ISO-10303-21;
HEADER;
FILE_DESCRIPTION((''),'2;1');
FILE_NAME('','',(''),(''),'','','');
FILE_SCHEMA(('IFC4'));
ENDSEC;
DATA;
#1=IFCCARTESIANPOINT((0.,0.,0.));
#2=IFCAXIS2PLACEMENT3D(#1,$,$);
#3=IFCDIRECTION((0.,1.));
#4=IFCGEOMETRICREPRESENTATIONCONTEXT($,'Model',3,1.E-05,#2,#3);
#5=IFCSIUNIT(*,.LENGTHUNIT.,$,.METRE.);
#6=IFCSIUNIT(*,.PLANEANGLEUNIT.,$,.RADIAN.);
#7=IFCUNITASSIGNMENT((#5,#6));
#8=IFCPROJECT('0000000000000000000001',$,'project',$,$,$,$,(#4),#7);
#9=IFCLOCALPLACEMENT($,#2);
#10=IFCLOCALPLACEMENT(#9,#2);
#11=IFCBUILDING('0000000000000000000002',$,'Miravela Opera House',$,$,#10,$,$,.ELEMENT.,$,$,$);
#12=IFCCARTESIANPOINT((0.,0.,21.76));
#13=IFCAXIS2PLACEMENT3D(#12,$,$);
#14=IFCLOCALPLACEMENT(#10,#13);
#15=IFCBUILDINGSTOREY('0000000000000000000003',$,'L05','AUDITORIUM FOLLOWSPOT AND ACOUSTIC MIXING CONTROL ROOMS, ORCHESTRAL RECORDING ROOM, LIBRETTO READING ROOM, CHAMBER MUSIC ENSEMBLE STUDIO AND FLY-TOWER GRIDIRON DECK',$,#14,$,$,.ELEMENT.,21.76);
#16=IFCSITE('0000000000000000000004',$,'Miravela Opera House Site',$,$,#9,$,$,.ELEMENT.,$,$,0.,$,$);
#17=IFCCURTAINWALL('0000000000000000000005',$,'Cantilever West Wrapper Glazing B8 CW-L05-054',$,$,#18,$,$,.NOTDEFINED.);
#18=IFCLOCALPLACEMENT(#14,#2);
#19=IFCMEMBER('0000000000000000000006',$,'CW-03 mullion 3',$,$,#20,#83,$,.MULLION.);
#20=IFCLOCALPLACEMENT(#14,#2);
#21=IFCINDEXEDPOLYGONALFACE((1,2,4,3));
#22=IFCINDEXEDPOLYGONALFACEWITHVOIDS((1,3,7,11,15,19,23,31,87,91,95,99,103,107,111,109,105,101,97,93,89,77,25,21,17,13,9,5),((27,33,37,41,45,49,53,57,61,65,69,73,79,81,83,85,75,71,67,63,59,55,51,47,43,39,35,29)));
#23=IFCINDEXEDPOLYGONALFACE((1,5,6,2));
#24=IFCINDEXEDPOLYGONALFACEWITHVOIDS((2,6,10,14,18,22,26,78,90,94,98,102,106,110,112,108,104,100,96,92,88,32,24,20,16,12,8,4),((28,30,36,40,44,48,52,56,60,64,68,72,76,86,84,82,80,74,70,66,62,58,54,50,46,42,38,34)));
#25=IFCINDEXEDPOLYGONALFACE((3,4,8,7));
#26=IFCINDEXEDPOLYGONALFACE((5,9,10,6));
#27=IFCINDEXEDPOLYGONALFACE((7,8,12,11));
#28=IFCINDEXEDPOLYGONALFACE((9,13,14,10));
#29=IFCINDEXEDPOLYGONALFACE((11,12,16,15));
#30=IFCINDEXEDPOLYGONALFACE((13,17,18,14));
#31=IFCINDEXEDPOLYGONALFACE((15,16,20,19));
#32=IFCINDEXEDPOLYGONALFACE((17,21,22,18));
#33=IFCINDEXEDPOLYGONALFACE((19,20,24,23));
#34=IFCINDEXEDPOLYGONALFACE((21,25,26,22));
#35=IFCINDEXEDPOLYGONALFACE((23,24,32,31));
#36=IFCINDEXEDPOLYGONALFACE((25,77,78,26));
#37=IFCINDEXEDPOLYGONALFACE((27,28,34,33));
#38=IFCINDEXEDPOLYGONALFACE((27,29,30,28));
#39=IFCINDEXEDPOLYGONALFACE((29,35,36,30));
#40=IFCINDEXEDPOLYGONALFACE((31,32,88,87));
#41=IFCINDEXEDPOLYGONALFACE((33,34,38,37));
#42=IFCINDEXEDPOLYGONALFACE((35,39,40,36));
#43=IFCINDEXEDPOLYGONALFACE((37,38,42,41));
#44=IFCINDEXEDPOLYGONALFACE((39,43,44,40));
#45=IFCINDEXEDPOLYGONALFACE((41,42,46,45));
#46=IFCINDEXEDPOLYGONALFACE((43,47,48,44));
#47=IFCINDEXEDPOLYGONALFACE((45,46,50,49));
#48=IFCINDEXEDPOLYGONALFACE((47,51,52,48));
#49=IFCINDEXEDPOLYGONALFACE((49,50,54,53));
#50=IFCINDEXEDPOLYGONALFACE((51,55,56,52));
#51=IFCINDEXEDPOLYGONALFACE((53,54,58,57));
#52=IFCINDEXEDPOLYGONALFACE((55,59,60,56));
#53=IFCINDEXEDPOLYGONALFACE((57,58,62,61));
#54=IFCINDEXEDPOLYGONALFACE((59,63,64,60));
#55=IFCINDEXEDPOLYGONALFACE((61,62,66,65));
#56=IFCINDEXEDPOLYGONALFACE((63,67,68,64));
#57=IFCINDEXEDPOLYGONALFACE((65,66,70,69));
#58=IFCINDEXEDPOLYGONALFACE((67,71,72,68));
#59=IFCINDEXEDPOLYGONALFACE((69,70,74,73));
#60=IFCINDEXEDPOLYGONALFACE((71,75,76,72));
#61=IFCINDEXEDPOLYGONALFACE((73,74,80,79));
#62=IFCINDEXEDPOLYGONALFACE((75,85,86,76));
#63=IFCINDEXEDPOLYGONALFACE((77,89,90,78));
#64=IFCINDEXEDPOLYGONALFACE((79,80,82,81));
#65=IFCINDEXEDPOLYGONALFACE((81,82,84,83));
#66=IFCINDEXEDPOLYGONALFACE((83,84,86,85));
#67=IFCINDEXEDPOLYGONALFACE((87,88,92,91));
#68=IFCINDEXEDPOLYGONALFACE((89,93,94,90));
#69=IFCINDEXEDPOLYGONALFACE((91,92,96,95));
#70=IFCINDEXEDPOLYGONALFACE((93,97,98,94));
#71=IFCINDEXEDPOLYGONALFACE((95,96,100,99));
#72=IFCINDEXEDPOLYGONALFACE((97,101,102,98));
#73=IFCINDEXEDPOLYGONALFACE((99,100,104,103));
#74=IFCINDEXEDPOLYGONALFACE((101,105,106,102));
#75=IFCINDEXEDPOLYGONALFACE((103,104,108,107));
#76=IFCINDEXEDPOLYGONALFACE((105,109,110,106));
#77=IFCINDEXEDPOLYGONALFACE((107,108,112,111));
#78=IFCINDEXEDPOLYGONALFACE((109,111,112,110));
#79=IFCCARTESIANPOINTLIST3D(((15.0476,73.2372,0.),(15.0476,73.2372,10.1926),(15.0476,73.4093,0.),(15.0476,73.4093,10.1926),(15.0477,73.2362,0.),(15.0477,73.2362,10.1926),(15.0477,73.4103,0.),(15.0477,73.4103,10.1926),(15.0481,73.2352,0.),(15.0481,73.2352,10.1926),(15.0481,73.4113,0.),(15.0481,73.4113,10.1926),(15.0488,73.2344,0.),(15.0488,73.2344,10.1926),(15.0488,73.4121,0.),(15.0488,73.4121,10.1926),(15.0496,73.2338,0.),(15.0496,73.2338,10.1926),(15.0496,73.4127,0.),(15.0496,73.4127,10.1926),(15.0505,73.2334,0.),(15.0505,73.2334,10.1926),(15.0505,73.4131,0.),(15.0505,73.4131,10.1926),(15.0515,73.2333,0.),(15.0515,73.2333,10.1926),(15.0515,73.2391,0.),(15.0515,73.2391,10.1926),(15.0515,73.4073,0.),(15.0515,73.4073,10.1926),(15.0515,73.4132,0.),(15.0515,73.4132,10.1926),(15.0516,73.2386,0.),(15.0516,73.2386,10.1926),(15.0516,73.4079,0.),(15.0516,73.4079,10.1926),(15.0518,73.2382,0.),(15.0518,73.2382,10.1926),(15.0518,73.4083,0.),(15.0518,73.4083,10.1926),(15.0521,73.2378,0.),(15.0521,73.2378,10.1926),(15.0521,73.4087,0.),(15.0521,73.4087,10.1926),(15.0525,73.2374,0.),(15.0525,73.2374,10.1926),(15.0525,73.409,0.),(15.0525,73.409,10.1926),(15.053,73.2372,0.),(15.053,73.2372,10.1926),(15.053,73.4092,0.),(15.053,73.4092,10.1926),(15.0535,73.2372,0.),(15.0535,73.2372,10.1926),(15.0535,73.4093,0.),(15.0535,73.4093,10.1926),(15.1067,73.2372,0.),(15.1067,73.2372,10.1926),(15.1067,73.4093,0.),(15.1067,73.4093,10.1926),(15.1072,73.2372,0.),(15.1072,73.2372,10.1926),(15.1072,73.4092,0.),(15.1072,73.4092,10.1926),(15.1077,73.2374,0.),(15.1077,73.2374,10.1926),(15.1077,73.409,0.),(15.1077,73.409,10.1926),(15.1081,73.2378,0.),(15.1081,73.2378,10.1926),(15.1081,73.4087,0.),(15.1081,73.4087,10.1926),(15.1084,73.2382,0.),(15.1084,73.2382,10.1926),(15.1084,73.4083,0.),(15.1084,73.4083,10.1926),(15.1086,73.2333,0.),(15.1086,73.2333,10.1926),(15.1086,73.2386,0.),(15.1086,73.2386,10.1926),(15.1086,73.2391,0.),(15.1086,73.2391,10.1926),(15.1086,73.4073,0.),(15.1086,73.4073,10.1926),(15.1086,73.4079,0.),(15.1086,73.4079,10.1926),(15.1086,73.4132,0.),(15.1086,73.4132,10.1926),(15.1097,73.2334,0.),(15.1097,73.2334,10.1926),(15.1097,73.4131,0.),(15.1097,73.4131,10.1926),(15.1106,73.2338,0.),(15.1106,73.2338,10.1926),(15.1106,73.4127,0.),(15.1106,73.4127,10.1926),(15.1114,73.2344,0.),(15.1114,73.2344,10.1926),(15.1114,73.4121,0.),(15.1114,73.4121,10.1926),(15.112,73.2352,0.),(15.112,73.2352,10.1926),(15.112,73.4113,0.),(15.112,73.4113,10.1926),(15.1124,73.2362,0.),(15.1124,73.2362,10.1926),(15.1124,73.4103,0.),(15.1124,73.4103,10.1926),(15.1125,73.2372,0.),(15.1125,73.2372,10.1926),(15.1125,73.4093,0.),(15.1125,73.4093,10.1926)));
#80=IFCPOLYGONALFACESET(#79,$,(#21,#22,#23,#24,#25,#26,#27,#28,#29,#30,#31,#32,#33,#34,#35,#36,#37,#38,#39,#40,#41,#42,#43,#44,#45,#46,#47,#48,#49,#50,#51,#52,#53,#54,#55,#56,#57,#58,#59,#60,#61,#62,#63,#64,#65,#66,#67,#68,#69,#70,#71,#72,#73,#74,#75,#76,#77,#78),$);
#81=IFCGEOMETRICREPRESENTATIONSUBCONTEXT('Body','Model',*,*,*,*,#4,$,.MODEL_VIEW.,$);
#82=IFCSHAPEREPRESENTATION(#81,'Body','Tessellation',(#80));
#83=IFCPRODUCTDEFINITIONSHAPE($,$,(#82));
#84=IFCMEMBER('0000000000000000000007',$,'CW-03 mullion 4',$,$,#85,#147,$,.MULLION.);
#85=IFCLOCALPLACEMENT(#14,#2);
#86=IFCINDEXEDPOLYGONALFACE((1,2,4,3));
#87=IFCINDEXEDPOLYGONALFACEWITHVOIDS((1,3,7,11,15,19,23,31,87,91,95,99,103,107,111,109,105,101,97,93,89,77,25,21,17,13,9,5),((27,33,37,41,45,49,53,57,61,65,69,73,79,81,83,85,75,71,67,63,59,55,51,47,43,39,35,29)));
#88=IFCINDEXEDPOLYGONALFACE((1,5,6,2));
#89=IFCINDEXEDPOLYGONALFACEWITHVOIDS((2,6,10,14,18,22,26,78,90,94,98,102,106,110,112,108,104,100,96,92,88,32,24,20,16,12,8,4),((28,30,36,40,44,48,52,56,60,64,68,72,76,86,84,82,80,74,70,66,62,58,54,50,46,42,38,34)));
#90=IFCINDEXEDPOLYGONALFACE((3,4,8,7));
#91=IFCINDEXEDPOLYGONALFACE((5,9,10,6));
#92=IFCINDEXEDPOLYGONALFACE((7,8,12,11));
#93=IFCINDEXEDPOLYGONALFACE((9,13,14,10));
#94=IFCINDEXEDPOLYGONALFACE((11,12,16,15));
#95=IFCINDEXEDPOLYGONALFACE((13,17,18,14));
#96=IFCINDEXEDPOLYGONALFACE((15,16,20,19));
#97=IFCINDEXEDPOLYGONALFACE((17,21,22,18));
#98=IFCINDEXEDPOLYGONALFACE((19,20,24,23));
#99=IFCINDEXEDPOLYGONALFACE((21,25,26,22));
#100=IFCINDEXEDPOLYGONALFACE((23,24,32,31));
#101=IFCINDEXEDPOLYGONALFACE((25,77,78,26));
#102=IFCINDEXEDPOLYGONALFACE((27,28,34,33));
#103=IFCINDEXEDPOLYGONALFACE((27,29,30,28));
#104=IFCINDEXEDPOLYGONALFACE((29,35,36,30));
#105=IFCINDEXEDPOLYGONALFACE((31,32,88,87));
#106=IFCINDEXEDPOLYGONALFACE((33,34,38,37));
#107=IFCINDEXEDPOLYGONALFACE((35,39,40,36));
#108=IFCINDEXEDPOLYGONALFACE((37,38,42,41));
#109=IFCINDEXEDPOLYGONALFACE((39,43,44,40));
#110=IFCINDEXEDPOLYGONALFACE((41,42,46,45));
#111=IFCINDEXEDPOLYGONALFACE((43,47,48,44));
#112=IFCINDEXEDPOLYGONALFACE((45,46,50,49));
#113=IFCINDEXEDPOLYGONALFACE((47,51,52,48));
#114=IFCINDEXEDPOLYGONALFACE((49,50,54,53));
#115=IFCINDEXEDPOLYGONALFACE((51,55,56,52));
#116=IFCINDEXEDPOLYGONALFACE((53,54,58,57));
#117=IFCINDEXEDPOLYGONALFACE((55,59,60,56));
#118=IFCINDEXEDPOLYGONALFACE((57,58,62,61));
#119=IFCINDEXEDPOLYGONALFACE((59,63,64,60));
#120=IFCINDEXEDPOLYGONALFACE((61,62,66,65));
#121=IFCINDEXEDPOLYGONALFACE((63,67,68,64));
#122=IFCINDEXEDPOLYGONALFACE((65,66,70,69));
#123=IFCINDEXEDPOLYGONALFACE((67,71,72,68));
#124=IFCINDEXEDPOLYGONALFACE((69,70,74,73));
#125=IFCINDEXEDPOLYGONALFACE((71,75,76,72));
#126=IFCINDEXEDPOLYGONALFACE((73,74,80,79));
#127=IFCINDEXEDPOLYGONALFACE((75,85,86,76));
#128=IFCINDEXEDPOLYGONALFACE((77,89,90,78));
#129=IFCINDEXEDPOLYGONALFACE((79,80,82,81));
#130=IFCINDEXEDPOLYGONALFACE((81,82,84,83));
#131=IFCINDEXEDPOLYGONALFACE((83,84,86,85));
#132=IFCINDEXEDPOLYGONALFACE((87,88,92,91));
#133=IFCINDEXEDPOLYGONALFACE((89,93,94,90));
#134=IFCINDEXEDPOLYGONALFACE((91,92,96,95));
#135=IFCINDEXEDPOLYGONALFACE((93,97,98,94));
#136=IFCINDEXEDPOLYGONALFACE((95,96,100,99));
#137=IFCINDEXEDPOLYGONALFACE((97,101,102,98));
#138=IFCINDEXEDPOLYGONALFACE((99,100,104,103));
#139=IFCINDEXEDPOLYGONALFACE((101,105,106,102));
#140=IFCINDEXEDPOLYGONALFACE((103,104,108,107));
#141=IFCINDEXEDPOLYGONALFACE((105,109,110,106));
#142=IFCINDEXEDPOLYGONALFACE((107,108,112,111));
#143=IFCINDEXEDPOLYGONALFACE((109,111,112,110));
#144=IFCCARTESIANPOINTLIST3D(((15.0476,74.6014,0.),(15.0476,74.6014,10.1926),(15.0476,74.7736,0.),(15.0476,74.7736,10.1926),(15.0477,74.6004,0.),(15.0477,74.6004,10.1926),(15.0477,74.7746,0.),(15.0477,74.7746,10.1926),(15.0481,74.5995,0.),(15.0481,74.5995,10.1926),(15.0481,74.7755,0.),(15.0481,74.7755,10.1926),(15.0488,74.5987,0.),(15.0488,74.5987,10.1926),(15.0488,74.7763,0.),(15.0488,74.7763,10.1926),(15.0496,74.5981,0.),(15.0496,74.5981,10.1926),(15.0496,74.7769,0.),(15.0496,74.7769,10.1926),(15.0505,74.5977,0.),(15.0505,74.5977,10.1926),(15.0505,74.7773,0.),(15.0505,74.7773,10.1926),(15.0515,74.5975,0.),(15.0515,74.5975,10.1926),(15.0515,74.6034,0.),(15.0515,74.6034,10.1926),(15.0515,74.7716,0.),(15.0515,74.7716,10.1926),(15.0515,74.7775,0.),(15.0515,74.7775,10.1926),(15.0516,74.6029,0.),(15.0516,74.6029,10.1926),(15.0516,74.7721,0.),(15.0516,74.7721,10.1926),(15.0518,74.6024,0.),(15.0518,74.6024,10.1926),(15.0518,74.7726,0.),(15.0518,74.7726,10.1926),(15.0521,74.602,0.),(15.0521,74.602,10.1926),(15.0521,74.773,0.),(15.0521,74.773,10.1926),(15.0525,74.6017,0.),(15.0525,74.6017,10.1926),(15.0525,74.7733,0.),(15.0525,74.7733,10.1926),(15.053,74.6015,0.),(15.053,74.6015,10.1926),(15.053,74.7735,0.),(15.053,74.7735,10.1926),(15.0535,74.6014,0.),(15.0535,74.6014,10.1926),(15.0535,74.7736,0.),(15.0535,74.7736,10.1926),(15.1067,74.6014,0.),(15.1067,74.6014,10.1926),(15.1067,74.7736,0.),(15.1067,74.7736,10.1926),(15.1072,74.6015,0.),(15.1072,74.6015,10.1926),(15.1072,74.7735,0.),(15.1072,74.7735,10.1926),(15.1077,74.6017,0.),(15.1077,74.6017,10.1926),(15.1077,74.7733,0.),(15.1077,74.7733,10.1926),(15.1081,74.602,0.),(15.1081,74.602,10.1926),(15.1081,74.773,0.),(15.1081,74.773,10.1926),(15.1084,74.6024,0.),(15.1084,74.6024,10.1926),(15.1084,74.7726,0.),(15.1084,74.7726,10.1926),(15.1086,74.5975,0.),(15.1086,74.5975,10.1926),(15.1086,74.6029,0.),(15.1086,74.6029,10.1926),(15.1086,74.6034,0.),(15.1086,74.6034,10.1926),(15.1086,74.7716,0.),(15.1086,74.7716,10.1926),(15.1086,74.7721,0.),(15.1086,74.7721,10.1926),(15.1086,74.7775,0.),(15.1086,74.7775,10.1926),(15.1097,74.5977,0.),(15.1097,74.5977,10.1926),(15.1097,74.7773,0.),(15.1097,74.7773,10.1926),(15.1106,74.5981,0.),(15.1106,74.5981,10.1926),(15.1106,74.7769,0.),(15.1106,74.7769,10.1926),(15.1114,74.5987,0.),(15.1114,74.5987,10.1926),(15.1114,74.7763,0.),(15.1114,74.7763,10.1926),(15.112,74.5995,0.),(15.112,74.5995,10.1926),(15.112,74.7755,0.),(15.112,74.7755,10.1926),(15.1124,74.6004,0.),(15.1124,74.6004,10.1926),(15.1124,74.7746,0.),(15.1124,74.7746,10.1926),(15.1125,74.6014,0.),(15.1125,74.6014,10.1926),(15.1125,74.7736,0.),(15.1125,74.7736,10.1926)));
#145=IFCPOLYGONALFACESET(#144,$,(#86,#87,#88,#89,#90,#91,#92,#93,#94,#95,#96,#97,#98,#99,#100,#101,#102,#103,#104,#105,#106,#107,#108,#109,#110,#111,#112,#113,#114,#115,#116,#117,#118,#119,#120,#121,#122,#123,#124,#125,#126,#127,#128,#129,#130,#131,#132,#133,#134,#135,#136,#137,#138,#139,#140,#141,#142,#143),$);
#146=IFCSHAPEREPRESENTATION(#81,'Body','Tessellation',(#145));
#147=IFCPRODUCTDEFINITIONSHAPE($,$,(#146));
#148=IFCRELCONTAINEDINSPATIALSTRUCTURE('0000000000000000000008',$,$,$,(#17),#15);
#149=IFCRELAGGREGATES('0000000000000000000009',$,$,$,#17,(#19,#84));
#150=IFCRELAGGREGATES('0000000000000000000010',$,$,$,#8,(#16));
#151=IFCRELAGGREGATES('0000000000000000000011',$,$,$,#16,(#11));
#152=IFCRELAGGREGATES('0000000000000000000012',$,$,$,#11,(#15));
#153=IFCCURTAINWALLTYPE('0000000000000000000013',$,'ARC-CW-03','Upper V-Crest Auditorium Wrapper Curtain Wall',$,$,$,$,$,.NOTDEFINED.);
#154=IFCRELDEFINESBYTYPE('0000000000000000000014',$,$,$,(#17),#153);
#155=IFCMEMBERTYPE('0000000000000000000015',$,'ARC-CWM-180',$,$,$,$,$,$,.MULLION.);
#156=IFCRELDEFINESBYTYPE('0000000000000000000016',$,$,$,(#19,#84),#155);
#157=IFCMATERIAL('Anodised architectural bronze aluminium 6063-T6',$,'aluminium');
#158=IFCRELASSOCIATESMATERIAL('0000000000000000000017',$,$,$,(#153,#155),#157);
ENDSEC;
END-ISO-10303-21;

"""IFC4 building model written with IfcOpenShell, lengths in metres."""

from ifc_helpers import new_model, si_unit, direction, frame, origin, origin_2d, place, context, subcontext, project, spatial, hollow_rectangle, extrude, material, material_profile, profile_set, type_object, element, aggregate, save


model = new_model("IFC4")

# Units and contexts
model_context = context("Model", 3, precision=1e-05, world=origin(), true_north=direction((0.0, 1.0)))
body_context = subcontext(model_context, "Body", "Model", "MODEL_VIEW")
ifc_project = project(units=[si_unit("LENGTHUNIT", "METRE"), si_unit("PLANEANGLEUNIT", "RADIAN")], contexts=[model_context])

# Site, building, storey
site_placement = place(None, origin())
site = spatial("IfcSite", under=ifc_project, at=site_placement, Name="Miravela Opera House Site", CompositionType="ELEMENT", RefElevation=0.0)
building_placement = place(site_placement, origin())
building = spatial("IfcBuilding", under=site, at=building_placement, Name="Miravela Opera House", CompositionType="ELEMENT")
storey_placement = place(building_placement, frame((0.0, 0.0, 21.76)))
storey = spatial("IfcBuildingStorey", under=building, at=storey_placement, Name="L05", Description="AUDITORIUM FOLLOWSPOT AND ACOUSTIC MIXING CONTROL ROOMS, ORCHESTRAL RECORDING ROOM, LIBRETTO READING ROOM, CHAMBER MUSIC ENSEMBLE STUDIO AND FLY-TOWER GRIDIRON DECK", CompositionType="ELEMENT", Elevation=21.76)

# Curtain wall, members
ifc_material_1 = material(Name="Anodised architectural bronze aluminium 6063-T6", Category="aluminium")
curtain_wall_type = type_object("IfcCurtainWallType", Name="ARC-CW-03", Description="Upper V-Crest Auditorium Wrapper Curtain Wall", PredefinedType="NOTDEFINED", material=ifc_material_1)
curtain_wall_1_placement = place(storey_placement, origin())
curtain_wall_1 = element("IfcCurtainWall", 1, at=curtain_wall_1_placement, inside=storey, type_object=curtain_wall_type, Name="Cantilever West Wrapper Glazing B8 CW-L05-054", PredefinedType="NOTDEFINED")
ifc_material_profile_1 = material_profile(ifc_material_1, hollow_rectangle(XDim=0.0649, YDim=0.1799, WallThickness=0.0039, InnerFilletRadius=0.002, OuterFilletRadius=0.0039, at=origin_2d()), Name="CWM-65X180")
ifc_profile_set_1 = profile_set([ifc_material_profile_1])
member_type_1 = type_object("IfcMemberType", Name="ARC-CWM-180", PredefinedType="MULLION", material=ifc_profile_set_1)
member_1_placement = place(storey_placement, frame((15.0801, 73.3232, 0.0), z_axis=(0.0, 0.0, 1.0), x_axis=(-1.0, 0.0, 0.0)))
member_1 = element("IfcMember", 2, at=member_1_placement, type_object=member_type_1, Name="CW-03 mullion 3", PredefinedType="MULLION", context=body_context, shape_type="SweptSolid", body=[
    extrude(hollow_rectangle(XDim=0.0649, YDim=0.1799, WallThickness=0.0039, InnerFilletRadius=0.002, OuterFilletRadius=0.0039, at=origin_2d()), origin(), (0.0, 0.0, 1.0), 10.1926),
])
member_2_placement = place(storey_placement, frame((15.0801, 74.6875, 0.0), z_axis=(0.0, 0.0, 1.0), x_axis=(-1.0, 0.0, 0.0)))
member_2 = element("IfcMember", 3, at=member_2_placement, type_object=member_type_1, Name="CW-03 mullion 4", PredefinedType="MULLION", context=body_context, shape_type="SweptSolid", body=[
    extrude(hollow_rectangle(XDim=0.0649, YDim=0.1799, WallThickness=0.0039, InnerFilletRadius=0.002, OuterFilletRadius=0.0039, at=origin_2d()), origin(), (0.0, 0.0, 1.0), 10.1926),
])

aggregate(curtain_wall_1, [member_1, member_2])

save(model, "model.ifc")
